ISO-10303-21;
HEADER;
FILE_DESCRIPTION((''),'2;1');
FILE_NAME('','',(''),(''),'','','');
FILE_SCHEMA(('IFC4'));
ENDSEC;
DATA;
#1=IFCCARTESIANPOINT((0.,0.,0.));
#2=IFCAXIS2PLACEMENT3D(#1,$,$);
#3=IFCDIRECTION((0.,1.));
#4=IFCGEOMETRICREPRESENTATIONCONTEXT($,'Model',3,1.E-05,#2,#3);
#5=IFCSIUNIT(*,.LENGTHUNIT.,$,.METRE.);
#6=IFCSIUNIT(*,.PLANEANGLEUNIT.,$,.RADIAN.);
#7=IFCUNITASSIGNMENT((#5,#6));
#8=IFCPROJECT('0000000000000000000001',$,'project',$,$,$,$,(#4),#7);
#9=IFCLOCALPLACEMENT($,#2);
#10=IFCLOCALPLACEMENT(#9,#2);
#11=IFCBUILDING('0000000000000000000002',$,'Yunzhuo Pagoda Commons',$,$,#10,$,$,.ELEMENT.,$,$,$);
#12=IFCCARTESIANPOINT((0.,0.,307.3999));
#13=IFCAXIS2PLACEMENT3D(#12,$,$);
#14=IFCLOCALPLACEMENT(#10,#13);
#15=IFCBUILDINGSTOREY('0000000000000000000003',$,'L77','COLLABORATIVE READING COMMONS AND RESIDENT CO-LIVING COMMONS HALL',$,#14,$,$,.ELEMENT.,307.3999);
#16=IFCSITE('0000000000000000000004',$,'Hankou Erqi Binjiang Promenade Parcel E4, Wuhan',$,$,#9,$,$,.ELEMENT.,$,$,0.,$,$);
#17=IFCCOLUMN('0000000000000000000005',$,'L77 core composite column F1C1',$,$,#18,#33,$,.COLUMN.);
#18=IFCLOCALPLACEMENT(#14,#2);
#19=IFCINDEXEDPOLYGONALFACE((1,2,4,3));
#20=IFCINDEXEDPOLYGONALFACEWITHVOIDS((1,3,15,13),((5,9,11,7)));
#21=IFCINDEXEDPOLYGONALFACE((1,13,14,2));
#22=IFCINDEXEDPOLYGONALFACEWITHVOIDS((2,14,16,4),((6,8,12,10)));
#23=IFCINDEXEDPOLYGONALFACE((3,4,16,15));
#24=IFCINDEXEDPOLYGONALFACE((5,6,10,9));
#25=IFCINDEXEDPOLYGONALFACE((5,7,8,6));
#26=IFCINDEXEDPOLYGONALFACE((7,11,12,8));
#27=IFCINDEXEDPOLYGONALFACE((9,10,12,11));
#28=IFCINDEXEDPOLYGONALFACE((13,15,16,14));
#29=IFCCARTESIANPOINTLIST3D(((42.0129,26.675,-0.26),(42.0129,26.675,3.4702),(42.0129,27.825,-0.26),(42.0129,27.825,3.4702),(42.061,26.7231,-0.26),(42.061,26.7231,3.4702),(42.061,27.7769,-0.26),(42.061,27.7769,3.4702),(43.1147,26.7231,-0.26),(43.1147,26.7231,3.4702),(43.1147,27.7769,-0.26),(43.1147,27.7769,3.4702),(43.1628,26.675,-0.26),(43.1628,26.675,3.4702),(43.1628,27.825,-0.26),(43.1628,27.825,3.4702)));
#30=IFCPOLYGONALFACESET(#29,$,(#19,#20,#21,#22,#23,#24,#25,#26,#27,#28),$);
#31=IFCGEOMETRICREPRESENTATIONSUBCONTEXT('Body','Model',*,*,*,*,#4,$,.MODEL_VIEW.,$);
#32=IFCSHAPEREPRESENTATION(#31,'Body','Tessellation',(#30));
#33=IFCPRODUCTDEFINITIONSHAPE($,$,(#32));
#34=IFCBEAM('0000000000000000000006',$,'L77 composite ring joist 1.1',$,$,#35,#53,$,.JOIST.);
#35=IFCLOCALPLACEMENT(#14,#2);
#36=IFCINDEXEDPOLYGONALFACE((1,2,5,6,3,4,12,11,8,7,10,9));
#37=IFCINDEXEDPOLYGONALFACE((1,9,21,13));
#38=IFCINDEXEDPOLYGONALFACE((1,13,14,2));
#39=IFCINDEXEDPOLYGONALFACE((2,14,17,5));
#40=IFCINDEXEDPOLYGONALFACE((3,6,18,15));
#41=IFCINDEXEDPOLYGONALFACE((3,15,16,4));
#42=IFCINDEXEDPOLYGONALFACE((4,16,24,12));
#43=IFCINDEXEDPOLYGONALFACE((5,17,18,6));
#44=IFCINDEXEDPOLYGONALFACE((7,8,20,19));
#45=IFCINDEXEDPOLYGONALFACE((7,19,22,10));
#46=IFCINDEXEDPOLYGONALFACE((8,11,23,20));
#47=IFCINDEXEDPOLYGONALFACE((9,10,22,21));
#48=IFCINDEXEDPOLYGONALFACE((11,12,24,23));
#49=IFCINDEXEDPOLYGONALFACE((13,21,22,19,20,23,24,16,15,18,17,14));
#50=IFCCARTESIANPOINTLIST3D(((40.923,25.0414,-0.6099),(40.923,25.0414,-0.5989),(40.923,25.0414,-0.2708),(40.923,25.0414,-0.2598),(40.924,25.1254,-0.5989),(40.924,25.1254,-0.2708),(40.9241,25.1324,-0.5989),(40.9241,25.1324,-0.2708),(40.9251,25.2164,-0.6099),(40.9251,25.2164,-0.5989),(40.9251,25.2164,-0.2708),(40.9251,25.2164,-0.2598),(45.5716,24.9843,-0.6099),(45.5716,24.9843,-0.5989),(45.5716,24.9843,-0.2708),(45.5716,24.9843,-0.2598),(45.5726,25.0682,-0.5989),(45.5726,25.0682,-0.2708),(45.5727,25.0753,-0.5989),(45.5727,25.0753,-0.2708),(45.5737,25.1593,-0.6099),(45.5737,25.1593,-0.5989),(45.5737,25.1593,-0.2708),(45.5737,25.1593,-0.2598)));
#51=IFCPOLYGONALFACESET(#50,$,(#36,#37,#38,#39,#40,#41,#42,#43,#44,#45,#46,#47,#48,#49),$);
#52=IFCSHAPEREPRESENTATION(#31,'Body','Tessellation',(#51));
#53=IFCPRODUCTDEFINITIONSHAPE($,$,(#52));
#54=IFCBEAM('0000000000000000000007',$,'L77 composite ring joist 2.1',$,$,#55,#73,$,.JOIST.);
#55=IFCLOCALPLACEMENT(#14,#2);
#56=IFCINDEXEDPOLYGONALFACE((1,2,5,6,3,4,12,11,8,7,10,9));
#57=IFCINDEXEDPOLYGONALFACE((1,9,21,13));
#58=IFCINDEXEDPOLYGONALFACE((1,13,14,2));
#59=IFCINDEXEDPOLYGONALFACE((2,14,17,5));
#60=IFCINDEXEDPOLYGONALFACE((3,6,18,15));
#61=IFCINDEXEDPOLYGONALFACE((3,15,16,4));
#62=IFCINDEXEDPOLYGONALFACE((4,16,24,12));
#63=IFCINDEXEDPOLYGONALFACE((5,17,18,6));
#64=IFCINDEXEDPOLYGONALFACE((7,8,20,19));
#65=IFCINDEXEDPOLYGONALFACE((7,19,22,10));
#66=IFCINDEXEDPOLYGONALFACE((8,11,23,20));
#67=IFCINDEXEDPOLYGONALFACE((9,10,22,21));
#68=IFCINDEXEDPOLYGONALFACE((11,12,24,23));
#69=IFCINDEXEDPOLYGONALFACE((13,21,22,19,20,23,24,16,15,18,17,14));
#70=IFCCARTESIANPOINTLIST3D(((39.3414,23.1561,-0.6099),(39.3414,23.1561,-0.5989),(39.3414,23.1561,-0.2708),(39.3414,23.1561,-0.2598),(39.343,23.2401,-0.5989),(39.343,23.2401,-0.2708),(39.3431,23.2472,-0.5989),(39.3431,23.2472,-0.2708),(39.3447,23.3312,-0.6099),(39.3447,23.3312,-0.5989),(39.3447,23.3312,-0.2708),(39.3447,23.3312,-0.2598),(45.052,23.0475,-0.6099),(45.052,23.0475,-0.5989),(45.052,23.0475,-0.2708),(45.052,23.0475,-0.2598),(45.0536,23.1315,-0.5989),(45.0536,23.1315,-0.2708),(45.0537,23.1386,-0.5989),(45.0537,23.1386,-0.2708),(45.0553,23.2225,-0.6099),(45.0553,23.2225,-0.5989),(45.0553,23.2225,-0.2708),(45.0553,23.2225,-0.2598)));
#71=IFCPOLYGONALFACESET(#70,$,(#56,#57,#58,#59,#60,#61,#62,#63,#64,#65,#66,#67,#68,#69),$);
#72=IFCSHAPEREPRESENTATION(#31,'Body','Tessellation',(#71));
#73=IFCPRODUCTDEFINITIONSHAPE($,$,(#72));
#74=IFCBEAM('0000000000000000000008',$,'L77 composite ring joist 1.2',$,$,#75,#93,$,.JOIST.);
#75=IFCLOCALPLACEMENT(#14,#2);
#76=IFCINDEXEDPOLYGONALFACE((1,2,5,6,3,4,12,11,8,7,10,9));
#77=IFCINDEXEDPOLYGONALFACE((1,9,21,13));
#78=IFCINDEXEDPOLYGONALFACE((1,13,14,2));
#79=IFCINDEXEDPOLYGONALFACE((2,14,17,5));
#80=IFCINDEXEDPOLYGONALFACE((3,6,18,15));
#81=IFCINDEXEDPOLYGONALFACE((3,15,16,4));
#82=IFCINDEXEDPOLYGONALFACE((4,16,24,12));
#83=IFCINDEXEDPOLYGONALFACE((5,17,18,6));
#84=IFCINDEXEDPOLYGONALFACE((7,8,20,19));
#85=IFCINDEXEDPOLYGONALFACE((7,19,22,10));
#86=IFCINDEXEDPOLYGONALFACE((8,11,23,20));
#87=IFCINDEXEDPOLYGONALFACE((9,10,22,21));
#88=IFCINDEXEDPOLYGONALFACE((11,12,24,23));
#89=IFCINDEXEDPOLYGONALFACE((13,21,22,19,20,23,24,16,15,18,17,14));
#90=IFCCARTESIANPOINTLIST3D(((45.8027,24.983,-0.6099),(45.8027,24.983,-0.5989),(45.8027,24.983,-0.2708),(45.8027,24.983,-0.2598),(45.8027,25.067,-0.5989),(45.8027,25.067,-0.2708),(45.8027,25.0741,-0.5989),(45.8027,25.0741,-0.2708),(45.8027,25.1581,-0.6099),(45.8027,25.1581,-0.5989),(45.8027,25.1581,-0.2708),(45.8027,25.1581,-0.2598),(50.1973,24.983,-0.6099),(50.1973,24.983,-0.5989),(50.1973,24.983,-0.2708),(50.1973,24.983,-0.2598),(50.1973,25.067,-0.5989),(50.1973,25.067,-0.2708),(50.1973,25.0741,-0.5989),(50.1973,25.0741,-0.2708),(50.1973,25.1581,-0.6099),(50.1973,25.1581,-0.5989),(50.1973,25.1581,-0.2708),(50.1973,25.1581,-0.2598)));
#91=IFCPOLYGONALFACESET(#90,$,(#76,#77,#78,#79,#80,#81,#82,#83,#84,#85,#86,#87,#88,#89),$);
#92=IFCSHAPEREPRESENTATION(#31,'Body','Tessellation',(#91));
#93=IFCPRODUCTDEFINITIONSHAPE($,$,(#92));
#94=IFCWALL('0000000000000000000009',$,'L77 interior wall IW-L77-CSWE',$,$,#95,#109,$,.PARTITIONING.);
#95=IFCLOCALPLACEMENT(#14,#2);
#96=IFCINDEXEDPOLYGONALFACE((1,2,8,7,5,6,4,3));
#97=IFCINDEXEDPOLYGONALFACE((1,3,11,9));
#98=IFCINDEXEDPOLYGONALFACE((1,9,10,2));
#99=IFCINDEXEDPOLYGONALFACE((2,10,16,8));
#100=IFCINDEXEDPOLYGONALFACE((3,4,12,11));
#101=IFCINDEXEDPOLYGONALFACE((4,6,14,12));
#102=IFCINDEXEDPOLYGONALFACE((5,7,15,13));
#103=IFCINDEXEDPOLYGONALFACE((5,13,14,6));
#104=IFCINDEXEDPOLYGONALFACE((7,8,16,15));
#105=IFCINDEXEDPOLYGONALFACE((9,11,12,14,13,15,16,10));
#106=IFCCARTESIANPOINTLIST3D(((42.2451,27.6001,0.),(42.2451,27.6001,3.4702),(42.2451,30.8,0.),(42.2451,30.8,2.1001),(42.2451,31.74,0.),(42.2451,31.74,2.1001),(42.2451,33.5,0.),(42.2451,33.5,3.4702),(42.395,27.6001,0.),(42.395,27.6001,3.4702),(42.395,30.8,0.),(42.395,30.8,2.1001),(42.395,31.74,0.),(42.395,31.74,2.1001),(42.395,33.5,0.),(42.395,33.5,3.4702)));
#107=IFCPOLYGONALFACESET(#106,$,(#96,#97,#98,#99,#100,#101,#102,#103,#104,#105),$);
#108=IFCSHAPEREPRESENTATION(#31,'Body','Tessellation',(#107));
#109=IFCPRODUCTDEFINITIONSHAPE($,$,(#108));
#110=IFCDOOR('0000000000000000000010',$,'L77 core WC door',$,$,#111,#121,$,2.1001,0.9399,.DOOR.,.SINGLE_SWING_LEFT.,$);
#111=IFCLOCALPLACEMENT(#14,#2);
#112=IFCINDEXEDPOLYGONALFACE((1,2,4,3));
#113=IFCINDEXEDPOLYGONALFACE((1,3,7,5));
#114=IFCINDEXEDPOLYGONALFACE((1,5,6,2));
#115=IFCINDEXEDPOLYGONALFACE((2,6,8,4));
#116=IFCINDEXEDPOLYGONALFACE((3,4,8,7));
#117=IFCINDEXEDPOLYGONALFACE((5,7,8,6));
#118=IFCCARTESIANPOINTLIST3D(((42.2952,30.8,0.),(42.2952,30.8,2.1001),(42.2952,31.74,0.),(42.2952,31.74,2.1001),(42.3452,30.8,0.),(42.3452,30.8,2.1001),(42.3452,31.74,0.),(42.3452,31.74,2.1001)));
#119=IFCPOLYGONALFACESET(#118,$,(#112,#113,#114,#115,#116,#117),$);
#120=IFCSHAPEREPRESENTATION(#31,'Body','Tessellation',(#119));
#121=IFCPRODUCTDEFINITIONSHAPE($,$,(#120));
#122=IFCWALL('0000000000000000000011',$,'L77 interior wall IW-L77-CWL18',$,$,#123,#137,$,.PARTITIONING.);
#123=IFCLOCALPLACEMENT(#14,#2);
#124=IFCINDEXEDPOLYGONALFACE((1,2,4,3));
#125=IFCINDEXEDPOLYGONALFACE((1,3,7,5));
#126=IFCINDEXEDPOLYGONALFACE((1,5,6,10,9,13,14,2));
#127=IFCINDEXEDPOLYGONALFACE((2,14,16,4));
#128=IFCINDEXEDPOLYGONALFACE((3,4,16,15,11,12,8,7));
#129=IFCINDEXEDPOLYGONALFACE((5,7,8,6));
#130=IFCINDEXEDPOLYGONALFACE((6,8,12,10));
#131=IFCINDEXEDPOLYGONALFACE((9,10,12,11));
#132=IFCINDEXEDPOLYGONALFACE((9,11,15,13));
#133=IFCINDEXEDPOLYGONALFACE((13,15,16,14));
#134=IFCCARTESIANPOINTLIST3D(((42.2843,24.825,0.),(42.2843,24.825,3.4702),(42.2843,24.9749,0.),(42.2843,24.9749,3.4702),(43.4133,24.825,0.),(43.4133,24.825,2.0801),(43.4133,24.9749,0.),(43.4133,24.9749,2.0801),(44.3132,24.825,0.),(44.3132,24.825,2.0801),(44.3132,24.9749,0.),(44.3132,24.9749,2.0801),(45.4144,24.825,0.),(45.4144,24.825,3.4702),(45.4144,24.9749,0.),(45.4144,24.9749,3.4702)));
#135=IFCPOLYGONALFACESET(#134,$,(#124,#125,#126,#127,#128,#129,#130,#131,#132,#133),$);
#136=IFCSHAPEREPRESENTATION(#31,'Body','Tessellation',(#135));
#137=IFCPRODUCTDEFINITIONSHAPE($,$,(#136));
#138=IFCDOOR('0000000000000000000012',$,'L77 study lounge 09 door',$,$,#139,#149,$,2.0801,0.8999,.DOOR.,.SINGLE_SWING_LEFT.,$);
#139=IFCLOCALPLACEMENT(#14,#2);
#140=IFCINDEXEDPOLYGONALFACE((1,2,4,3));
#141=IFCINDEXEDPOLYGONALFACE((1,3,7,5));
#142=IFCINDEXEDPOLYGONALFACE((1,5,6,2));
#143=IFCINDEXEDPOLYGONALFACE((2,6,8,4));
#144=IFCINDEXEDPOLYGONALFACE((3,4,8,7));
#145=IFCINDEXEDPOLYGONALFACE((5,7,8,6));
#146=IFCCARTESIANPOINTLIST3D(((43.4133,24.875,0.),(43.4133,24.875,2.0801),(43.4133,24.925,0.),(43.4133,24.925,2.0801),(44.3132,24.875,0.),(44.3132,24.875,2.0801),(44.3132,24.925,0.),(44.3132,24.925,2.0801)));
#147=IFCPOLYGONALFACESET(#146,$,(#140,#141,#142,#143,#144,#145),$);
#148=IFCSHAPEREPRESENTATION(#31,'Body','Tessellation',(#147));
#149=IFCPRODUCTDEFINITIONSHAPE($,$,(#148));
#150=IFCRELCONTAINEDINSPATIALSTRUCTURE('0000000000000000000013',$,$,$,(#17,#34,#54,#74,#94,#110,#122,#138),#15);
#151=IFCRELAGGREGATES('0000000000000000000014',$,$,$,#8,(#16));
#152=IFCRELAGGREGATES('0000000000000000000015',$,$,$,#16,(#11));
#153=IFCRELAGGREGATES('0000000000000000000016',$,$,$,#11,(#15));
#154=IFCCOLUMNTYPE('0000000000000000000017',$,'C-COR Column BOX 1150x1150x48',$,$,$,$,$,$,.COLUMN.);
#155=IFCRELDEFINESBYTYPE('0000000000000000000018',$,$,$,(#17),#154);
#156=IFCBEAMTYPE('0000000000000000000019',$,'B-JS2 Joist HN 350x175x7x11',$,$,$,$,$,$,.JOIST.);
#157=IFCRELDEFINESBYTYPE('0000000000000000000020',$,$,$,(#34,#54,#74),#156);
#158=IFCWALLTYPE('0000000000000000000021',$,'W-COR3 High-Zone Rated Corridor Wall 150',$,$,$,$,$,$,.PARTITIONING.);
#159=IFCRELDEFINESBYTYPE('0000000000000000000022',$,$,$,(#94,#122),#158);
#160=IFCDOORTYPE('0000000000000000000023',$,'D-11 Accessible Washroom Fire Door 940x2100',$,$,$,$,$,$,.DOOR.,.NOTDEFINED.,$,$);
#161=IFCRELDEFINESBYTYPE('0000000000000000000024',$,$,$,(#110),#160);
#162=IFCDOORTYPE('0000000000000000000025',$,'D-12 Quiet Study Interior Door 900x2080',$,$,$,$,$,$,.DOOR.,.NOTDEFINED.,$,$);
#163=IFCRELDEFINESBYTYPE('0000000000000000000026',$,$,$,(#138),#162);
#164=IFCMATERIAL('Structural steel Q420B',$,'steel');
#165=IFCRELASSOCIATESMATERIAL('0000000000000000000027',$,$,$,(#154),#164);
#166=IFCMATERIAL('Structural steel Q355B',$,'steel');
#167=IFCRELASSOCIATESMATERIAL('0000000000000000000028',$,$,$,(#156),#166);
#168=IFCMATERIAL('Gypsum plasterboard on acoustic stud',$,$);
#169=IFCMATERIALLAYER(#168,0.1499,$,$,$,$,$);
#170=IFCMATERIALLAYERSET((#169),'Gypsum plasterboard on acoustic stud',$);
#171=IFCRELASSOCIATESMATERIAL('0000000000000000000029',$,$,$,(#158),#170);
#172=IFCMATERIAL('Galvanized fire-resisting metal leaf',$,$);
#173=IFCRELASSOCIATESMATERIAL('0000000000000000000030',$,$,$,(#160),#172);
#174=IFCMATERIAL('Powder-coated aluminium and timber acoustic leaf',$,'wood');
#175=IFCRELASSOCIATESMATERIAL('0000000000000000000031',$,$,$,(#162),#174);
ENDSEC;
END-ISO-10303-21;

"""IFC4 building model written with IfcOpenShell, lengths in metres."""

from ifc_helpers import new_model, si_unit, direction, frame, frame_2d, origin, origin_with_axes, origin_2d, place, context, subcontext, project, spatial, rectangle, hollow_rectangle, i_section, extrude, source, transform, mapped, material, layer, layer_set, material_profile, profile_set, type_object, element, fill, save


model = new_model("IFC4")

# Units and contexts
model_context = context("Model", 3, precision=1e-05, world=origin(), true_north=direction((0.0, 1.0)))
body_context = subcontext(model_context, "Body", "Model", "MODEL_VIEW")
ifc_project = project(units=[si_unit("LENGTHUNIT", "METRE"), si_unit("PLANEANGLEUNIT", "RADIAN")], contexts=[model_context])

# Site, building, storey
site_placement = place(None, origin())
site = spatial("IfcSite", under=ifc_project, at=site_placement, Name="Hankou Erqi Binjiang Promenade Parcel E4, Wuhan", CompositionType="ELEMENT", RefElevation=0.0)
building_placement = place(site_placement, origin())
building = spatial("IfcBuilding", under=site, at=building_placement, Name="Yunzhuo Pagoda Commons", CompositionType="ELEMENT")
storey_placement = place(building_placement, frame((0.0, 0.0, 307.3999)))
storey = spatial("IfcBuildingStorey", under=building, at=storey_placement, Name="L77", Description="COLLABORATIVE READING COMMONS AND RESIDENT CO-LIVING COMMONS HALL", CompositionType="ELEMENT", Elevation=307.3999)

# Column
ifc_material_1 = material(Name="Structural steel Q420B", Category="steel")
ifc_material_profile_1 = material_profile(ifc_material_1, hollow_rectangle(XDim=1.1499, YDim=1.1499, WallThickness=0.0481, at=origin_2d()), Name="Structural steel Q420B")
ifc_profile_set_1 = profile_set([ifc_material_profile_1], Name="Structural steel Q420B")
column_type = type_object("IfcColumnType", Name="C-COR Column BOX 1150x1150x48", PredefinedType="COLUMN", material=ifc_profile_set_1)
shared_shape_1 = source(origin(), body_context, "Body", "SweptSolid", [
    extrude(hollow_rectangle(XDim=1.1499, YDim=1.1499, WallThickness=0.0481, at=origin_2d()), origin(), (0.0, 0.0, 1.0), 3.7302),
])
column_placement = place(storey_placement, frame((42.5879, 27.25, -0.26), z_axis=(0.0, 0.0, 1.0), x_axis=(1.0, 0.0, 0.0)))
element("IfcColumn", 1, at=column_placement, inside=storey, type_object=column_type, Name="L77 core composite column F1C1", PredefinedType="COLUMN", context=body_context, shape_type="MappedRepresentation", body=[
    mapped(shared_shape_1, transform((0.0, 0.0, 0.0), scale=1.0)),
])

# Beams
ifc_material_2 = material(Name="Structural steel Q355B", Category="steel")
ifc_material_profile_2 = material_profile(ifc_material_2, i_section(OverallWidth=0.175, OverallDepth=0.3501, WebThickness=0.0071, FlangeThickness=0.011, at=origin_2d()), Name="Structural steel Q355B")
ifc_profile_set_2 = profile_set([ifc_material_profile_2], Name="Structural steel Q355B")
beam_type = type_object("IfcBeamType", Name="B-JS2 Joist HN 350x175x7x11", PredefinedType="JOIST", material=ifc_profile_set_2)
shared_shape_2 = source(origin(), body_context, "Body", "SweptSolid", [
    extrude(i_section(OverallWidth=0.175, OverallDepth=0.3501, WebThickness=0.0071, FlangeThickness=0.011, at=origin_2d()), origin(), (0.0, 0.0, 1.0), 4.6489),
])
beam_1_placement = place(storey_placement, frame((40.9241, 25.1289, -0.4348), z_axis=(0.999924, -0.012288, 0.0), x_axis=(0.012288, 0.999924, 0.0)))
element("IfcBeam", 2, at=beam_1_placement, inside=storey, type_object=beam_type, Name="L77 composite ring joist 1.1", PredefinedType="JOIST", context=body_context, shape_type="MappedRepresentation", body=[
    mapped(shared_shape_2, transform((0.0, 0.0, 0.0), scale=1.0)),
])
shared_shape_3 = source(origin(), body_context, "Body", "SweptSolid", [
    extrude(i_section(OverallWidth=0.175, OverallDepth=0.3501, WebThickness=0.0071, FlangeThickness=0.011, at=origin_2d()), origin(), (0.0, 0.0, 1.0), 5.7117),
])
beam_2_placement = place(storey_placement, frame((39.343, 23.2437, -0.4348), z_axis=(0.999819, -0.019021, 0.0), x_axis=(0.019021, 0.999819, 0.0)))
element("IfcBeam", 3, at=beam_2_placement, inside=storey, type_object=beam_type, Name="L77 composite ring joist 2.1", PredefinedType="JOIST", context=body_context, shape_type="MappedRepresentation", body=[
    mapped(shared_shape_3, transform((0.0, 0.0, 0.0), scale=1.0)),
])
shared_shape_4 = source(origin(), body_context, "Body", "SweptSolid", [
    extrude(i_section(OverallWidth=0.175, OverallDepth=0.3501, WebThickness=0.0071, FlangeThickness=0.011, at=origin_2d()), origin(), (0.0, 0.0, 1.0), 4.3945),
])
beam_3_placement = place(storey_placement, frame((45.8027, 25.0706, -0.4348), z_axis=(1.0, 0.0, 0.0), x_axis=(0.0, 1.0, 0.0)))
element("IfcBeam", 4, at=beam_3_placement, inside=storey, type_object=beam_type, Name="L77 composite ring joist 1.2", PredefinedType="JOIST", context=body_context, shape_type="MappedRepresentation", body=[
    mapped(shared_shape_4, transform((0.0, 0.0, 0.0), scale=1.0)),
])

# Walls, openings, doors
ifc_material_3 = material(Name="Gypsum plasterboard on acoustic stud")
ifc_layer_1 = layer(ifc_material_3, 0.1499)
ifc_layer_set_1 = layer_set([ifc_layer_1], Name="Gypsum plasterboard on acoustic stud")
wall_type_1 = type_object("IfcWallType", Name="W-COR3 High-Zone Rated Corridor Wall 150", PredefinedType="PARTITIONING", material=ifc_layer_set_1)
wall_1_placement = place(storey_placement, frame((42.3201, 27.6001, 0.0), z_axis=(0.0, 0.0, 1.0), x_axis=(0.0, 1.0, 0.0)))
wall_1 = element("IfcWall", 5, at=wall_1_placement, inside=storey, type_object=wall_type_1, Name="L77 interior wall IW-L77-CSWE", PredefinedType="PARTITIONING", context=body_context, shape_type="SweptSolid", body=[
    extrude(rectangle(XDim=5.8999, YDim=0.1499, at=frame_2d((2.95, 0.0))), origin(), (0.0, 0.0, 1.0), 3.4702),
])
opening_1_placement = place(wall_1_placement, frame((3.2, 0.0, 0.0)))
opening_1 = element("IfcOpeningElement", 6, at=opening_1_placement, cuts=wall_1, PredefinedType="OPENING", context=body_context, shape_type="SweptSolid", body=[
    extrude(rectangle(XDim=0.9399, YDim=2.1001, at=frame_2d((0.47, 1.05))), frame((0.0, 0.085, 0.0), z_axis=(0.0, -1.0, 0.0), x_axis=(1.0, 0.0, 0.0)), (0.0, 0.0, 1.0), 0.1699),
])
ifc_material_4 = material(Name="Galvanized fire-resisting metal leaf")
door_type_1 = type_object("IfcDoorType", Name="D-11 Accessible Washroom Fire Door 940x2100", OperationType="NOTDEFINED", PredefinedType="DOOR", material=ifc_material_4)
shared_shape_5 = source(origin(), body_context, "Body", "SweptSolid", [
    extrude(rectangle(XDim=0.9399, YDim=2.1001, at=frame_2d((0.47, 1.05))), frame((0.0, 0.0249, 0.0), z_axis=(0.0, -1.0, 0.0), x_axis=(1.0, 0.0, 0.0)), (0.0, 0.0, 1.0), 0.05),
])
door_1_placement = place(opening_1_placement, origin_with_axes())
door_1 = element("IfcDoor", 7, at=door_1_placement, inside=storey, type_object=door_type_1, Name="L77 core WC door", OperationType="SINGLE_SWING_LEFT", OverallHeight=2.1001, OverallWidth=0.9399, PredefinedType="DOOR", context=body_context, shape_type="MappedRepresentation", body=[
    mapped(shared_shape_5, transform((0.0, 0.0, 0.0), scale=1.0)),
])
fill(opening_1, door_1)
wall_2_placement = place(storey_placement, frame((45.4143, 24.8999, 0.0), z_axis=(0.0, 0.0, 1.0), x_axis=(-1.0, 0.0, 0.0)))
wall_2 = element("IfcWall", 8, at=wall_2_placement, inside=storey, type_object=wall_type_1, Name="L77 interior wall IW-L77-CWL18", PredefinedType="PARTITIONING", context=body_context, shape_type="SweptSolid", body=[
    extrude(rectangle(XDim=3.1301, YDim=0.1499, at=frame_2d((1.5649, 0.0))), origin(), (0.0, 0.0, 1.0), 3.4702),
])
opening_2_placement = place(wall_2_placement, frame((1.1011, 0.0, 0.0)))
opening_2 = element("IfcOpeningElement", 9, at=opening_2_placement, cuts=wall_2, PredefinedType="OPENING", context=body_context, shape_type="SweptSolid", body=[
    extrude(rectangle(XDim=0.8999, YDim=2.0801, at=frame_2d((0.45, 1.04))), frame((0.0, 0.085, 0.0), z_axis=(0.0, -1.0, 0.0), x_axis=(1.0, 0.0, 0.0)), (0.0, 0.0, 1.0), 0.1699),
])
ifc_material_5 = material(Name="Powder-coated aluminium and timber acoustic leaf", Category="wood")
door_type_2 = type_object("IfcDoorType", Name="D-12 Quiet Study Interior Door 900x2080", OperationType="NOTDEFINED", PredefinedType="DOOR", material=ifc_material_5)
shared_shape_6 = source(origin(), body_context, "Body", "SweptSolid", [
    extrude(rectangle(XDim=0.8999, YDim=2.0801, at=frame_2d((0.45, 1.04))), frame((0.0, 0.0249, 0.0), z_axis=(0.0, -1.0, 0.0), x_axis=(1.0, 0.0, 0.0)), (0.0, 0.0, 1.0), 0.05),
])
door_2_placement = place(opening_2_placement, origin_with_axes())
door_2 = element("IfcDoor", 10, at=door_2_placement, inside=storey, type_object=door_type_2, Name="L77 study lounge 09 door", OperationType="SINGLE_SWING_LEFT", OverallHeight=2.0801, OverallWidth=0.8999, PredefinedType="DOOR", context=body_context, shape_type="MappedRepresentation", body=[
    mapped(shared_shape_6, transform((0.0, 0.0, 0.0), scale=1.0)),
])
fill(opening_2, door_2)

save(model, "model.ifc")
